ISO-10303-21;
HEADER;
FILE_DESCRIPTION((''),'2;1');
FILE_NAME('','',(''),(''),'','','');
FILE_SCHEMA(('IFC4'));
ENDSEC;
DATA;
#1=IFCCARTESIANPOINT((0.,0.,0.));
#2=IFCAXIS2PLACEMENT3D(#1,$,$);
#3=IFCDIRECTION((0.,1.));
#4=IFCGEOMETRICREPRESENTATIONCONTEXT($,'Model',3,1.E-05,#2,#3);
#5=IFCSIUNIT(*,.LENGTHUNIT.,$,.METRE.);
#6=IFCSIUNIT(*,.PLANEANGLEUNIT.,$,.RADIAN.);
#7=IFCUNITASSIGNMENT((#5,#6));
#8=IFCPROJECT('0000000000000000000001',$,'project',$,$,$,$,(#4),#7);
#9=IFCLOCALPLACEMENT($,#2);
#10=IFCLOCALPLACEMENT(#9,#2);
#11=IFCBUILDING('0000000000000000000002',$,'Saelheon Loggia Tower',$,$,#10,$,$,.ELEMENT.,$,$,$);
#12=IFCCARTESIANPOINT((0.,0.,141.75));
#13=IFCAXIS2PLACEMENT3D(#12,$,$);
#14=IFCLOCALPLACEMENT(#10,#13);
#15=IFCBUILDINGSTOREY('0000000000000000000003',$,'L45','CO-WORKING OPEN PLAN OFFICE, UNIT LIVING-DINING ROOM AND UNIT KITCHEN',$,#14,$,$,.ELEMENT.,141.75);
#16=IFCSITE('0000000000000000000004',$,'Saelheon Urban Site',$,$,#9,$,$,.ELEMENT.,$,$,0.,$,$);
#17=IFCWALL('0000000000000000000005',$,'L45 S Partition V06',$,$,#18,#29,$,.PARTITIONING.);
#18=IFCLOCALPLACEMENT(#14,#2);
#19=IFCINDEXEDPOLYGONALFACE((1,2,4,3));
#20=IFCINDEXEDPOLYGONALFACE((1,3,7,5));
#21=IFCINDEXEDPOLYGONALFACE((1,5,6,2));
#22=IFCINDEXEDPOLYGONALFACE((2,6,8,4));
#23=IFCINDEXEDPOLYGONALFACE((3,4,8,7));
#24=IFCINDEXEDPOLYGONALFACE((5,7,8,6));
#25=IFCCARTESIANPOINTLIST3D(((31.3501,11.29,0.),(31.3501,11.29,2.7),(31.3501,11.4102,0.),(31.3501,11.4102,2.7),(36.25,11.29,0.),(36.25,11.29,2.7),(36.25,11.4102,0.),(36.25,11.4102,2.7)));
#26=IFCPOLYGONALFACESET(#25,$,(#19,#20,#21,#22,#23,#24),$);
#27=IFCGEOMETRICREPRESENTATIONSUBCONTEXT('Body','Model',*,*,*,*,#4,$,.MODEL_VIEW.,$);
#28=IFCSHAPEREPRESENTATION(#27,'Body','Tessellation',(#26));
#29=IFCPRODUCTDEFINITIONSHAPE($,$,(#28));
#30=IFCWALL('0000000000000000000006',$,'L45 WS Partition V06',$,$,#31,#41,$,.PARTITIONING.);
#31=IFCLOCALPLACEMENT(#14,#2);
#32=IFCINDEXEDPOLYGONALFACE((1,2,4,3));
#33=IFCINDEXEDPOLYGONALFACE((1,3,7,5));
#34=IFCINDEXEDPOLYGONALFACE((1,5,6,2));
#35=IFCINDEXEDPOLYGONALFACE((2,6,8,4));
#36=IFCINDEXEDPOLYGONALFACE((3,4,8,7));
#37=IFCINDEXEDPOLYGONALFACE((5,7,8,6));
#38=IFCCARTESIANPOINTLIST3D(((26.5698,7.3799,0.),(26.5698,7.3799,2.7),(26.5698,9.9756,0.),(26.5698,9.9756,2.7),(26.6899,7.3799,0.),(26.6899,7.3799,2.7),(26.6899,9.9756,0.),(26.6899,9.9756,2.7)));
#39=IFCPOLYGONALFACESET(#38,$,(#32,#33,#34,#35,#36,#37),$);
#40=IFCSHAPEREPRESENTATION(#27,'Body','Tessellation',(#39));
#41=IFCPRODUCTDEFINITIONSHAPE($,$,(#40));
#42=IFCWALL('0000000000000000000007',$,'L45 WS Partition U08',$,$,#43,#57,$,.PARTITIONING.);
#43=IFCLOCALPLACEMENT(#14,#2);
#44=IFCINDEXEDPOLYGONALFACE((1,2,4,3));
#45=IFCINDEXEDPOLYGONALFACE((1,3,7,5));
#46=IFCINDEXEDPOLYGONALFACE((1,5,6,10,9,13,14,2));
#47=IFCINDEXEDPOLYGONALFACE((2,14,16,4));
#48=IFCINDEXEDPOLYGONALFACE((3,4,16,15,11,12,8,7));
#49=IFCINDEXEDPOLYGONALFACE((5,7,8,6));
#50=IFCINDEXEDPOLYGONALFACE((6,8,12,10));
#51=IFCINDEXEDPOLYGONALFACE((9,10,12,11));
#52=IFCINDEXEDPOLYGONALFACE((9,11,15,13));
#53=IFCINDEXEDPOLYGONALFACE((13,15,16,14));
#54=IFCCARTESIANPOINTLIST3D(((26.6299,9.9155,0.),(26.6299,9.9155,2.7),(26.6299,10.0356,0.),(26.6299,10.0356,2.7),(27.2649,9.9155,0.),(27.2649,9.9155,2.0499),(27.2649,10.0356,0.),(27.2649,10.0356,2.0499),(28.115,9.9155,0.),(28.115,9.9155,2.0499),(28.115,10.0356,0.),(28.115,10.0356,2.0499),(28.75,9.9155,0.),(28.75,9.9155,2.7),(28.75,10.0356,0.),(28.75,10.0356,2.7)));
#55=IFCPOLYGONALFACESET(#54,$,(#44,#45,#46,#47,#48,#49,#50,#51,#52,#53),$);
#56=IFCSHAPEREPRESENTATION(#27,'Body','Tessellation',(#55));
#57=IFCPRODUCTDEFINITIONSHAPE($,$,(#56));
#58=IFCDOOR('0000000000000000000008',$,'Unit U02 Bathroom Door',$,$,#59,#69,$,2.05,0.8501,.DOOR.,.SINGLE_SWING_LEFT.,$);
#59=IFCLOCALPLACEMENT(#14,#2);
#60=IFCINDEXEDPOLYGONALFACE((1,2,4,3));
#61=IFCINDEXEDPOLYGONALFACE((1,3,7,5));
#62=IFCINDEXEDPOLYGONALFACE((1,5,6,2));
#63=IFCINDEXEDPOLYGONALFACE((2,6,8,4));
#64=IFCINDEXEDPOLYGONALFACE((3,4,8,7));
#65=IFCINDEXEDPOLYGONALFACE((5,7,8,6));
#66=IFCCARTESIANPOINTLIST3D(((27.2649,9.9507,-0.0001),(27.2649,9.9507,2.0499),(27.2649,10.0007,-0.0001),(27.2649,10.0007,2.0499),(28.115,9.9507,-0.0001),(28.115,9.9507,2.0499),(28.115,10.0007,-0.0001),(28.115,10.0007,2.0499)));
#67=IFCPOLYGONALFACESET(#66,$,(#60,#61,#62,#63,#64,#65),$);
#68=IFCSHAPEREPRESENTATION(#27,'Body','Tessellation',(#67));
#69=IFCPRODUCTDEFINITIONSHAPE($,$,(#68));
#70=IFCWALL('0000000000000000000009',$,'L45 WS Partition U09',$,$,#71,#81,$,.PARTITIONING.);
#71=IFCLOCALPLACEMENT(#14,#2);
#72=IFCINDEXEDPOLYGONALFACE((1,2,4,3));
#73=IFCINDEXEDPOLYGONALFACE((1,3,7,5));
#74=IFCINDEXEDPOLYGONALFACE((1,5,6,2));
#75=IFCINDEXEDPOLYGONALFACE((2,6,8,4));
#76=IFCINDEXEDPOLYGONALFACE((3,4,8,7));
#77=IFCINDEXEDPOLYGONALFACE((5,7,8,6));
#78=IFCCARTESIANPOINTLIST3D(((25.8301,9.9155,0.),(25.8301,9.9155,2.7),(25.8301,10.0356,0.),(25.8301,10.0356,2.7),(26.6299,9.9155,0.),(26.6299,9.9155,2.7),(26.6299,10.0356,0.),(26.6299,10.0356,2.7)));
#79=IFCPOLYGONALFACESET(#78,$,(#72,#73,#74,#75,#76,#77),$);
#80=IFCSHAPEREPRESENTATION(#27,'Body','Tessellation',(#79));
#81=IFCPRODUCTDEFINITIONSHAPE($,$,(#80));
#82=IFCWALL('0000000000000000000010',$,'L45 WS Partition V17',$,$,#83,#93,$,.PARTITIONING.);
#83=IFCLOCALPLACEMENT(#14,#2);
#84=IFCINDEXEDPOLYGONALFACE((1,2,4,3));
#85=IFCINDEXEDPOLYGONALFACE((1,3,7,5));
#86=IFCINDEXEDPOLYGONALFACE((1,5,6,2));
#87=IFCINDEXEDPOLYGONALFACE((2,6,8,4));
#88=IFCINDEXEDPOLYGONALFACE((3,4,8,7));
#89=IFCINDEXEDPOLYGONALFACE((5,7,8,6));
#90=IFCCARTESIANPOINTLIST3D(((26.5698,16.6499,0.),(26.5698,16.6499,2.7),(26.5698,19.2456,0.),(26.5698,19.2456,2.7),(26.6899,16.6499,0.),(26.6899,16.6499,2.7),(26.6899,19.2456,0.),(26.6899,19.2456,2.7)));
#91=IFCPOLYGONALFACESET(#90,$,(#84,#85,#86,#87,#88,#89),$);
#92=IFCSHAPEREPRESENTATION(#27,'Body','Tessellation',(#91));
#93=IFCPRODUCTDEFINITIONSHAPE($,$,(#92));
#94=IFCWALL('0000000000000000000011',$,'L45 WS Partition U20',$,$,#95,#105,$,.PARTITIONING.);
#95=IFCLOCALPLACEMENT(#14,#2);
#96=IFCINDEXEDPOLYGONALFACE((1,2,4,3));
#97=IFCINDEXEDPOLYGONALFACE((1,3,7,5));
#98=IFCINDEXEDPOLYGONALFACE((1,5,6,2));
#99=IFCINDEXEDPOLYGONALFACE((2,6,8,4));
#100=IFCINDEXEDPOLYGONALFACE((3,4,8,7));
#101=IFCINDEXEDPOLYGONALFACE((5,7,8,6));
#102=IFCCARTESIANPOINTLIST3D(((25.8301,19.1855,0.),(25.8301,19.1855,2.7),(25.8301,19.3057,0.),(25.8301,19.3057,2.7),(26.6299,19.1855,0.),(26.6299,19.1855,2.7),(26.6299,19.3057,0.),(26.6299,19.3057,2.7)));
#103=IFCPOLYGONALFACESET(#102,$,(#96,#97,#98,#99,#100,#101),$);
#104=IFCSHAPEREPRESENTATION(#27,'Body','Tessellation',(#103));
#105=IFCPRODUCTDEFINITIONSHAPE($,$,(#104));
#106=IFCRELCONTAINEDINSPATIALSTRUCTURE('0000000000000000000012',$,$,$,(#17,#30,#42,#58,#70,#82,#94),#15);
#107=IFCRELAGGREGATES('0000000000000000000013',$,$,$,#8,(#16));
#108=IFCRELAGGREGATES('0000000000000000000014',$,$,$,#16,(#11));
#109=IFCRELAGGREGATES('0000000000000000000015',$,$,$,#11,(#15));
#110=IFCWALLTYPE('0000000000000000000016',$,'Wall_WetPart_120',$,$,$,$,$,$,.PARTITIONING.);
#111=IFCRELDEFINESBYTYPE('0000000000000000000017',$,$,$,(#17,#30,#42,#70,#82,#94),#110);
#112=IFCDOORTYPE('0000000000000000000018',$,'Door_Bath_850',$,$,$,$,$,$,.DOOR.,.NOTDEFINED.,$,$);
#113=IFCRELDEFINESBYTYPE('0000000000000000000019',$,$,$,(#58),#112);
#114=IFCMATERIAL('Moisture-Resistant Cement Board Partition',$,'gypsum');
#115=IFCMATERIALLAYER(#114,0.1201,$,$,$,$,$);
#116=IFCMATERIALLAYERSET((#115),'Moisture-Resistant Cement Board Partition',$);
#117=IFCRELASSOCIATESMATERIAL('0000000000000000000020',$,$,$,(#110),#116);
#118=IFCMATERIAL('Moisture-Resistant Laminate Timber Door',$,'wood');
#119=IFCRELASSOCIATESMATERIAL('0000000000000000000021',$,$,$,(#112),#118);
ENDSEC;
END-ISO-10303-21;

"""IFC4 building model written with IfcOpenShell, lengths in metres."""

from ifc_helpers import new_model, si_unit, direction, frame, frame_2d, origin, place, context, subcontext, project, spatial, rectangle, extrude, source, transform, mapped, material, layer, layer_set, type_object, element, fill, save


model = new_model("IFC4")

# Units and contexts
model_context = context("Model", 3, precision=1e-05, world=origin(), true_north=direction((0.0, 1.0)))
body_context = subcontext(model_context, "Body", "Model", "MODEL_VIEW")
ifc_project = project(units=[si_unit("LENGTHUNIT", "METRE"), si_unit("PLANEANGLEUNIT", "RADIAN")], contexts=[model_context])

# Site, building, storey
site_placement = place(None, origin())
site = spatial("IfcSite", under=ifc_project, at=site_placement, Name="Saelheon Urban Site", CompositionType="ELEMENT", RefElevation=0.0)
building_placement = place(site_placement, origin())
building = spatial("IfcBuilding", under=site, at=building_placement, Name="Saelheon Loggia Tower", CompositionType="ELEMENT")
storey_placement = place(building_placement, frame((0.0, 0.0, 141.75)))
storey = spatial("IfcBuildingStorey", under=building, at=storey_placement, Name="L45", Description="CO-WORKING OPEN PLAN OFFICE, UNIT LIVING-DINING ROOM AND UNIT KITCHEN", CompositionType="ELEMENT", Elevation=141.75)

# Walls
ifc_material_1 = material(Name="Moisture-Resistant Cement Board Partition", Category="gypsum")
ifc_layer_1 = layer(ifc_material_1, 0.1201)
ifc_layer_set_1 = layer_set([ifc_layer_1], Name="Moisture-Resistant Cement Board Partition")
wall_type_1 = type_object("IfcWallType", Name="Wall_WetPart_120", PredefinedType="PARTITIONING", material=ifc_layer_set_1)
wall_1_placement = place(storey_placement, frame((31.3501, 11.3501, 0.0), z_axis=(0.0, 0.0, 1.0), x_axis=(1.0, 0.0, 0.0)))
element("IfcWall", 1, at=wall_1_placement, inside=storey, type_object=wall_type_1, Name="L45 S Partition V06", PredefinedType="PARTITIONING", context=body_context, shape_type="SweptSolid", body=[
    extrude(rectangle(XDim=4.8999, YDim=0.1201, at=frame_2d((2.45, 0.0))), origin(), (0.0, 0.0, 1.0), 2.7),
])
wall_2_placement = place(storey_placement, frame((26.6299, 7.3799, 0.0), z_axis=(0.0, 0.0, 1.0), x_axis=(0.0, 1.0, 0.0)))
element("IfcWall", 2, at=wall_2_placement, inside=storey, type_object=wall_type_1, Name="L45 WS Partition V06", PredefinedType="PARTITIONING", context=body_context, shape_type="SweptSolid", body=[
    extrude(rectangle(XDim=2.5957, YDim=0.1201, at=frame_2d((1.2979, 0.0))), origin(), (0.0, 0.0, 1.0), 2.7),
])

# Wall, opening, door
wall_3_placement = place(storey_placement, frame((28.75, 9.9756, 0.0), z_axis=(0.0, 0.0, 1.0), x_axis=(-1.0, 0.0, 0.0)))
wall_3 = element("IfcWall", 3, at=wall_3_placement, inside=storey, type_object=wall_type_1, Name="L45 WS Partition U08", PredefinedType="PARTITIONING", context=body_context, shape_type="SweptSolid", body=[
    extrude(rectangle(XDim=2.1201, YDim=0.1201, at=frame_2d((1.0601, 0.0))), origin(), (0.0, 0.0, 1.0), 2.7),
])
opening_1_placement = place(wall_3_placement, frame((0.635, 0.0, 0.0)))
opening_1 = element("IfcOpeningElement", 4, at=opening_1_placement, cuts=wall_3, PredefinedType="OPENING", context=body_context, shape_type="SweptSolid", body=[
    extrude(rectangle(XDim=0.8501, YDim=2.05, at=frame_2d((0.425, 1.0249))), frame((0.0, 0.072, 0.0), z_axis=(0.0, -1.0, 0.0), x_axis=(1.0, 0.0, 0.0)), (0.0, 0.0, 1.0), 0.144),
])
ifc_material_2 = material(Name="Moisture-Resistant Laminate Timber Door", Category="wood")
door_type_1 = type_object("IfcDoorType", Name="Door_Bath_850", OperationType="NOTDEFINED", PredefinedType="DOOR", material=ifc_material_2)
shared_shape_1 = source(origin(), body_context, "Body", "SweptSolid", [
    extrude(rectangle(XDim=0.8501, YDim=2.05, at=frame_2d((0.425, 1.0249))), frame((0.0, 0.0249, 0.0), z_axis=(0.0, -1.0, 0.0), x_axis=(1.0, 0.0, 0.0)), (0.0, 0.0, 1.0), 0.05),
])
door_1_placement = place(opening_1_placement, origin())
door_1 = element("IfcDoor", 5, at=door_1_placement, inside=storey, type_object=door_type_1, Name="Unit U02 Bathroom Door", OperationType="SINGLE_SWING_LEFT", OverallHeight=2.05, OverallWidth=0.8501, PredefinedType="DOOR", context=body_context, shape_type="MappedRepresentation", body=[
    mapped(shared_shape_1, transform((0.0, 0.0, 0.0), scale=1.0)),
])
fill(opening_1, door_1)

# Walls
wall_4_placement = place(storey_placement, frame((26.6299, 9.9756, 0.0), z_axis=(0.0, 0.0, 1.0), x_axis=(-1.0, 0.0, 0.0)))
element("IfcWall", 6, at=wall_4_placement, inside=storey, type_object=wall_type_1, Name="L45 WS Partition U09", PredefinedType="PARTITIONING", context=body_context, shape_type="SweptSolid", body=[
    extrude(rectangle(XDim=0.7998, YDim=0.1201, at=frame_2d((0.3999, 0.0))), origin(), (0.0, 0.0, 1.0), 2.7),
])
wall_5_placement = place(storey_placement, frame((26.6299, 16.6499, 0.0), z_axis=(0.0, 0.0, 1.0), x_axis=(0.0, 1.0, 0.0)))
element("IfcWall", 7, at=wall_5_placement, inside=storey, type_object=wall_type_1, Name="L45 WS Partition V17", PredefinedType="PARTITIONING", context=body_context, shape_type="SweptSolid", body=[
    extrude(rectangle(XDim=2.5957, YDim=0.1201, at=frame_2d((1.2979, 0.0))), origin(), (0.0, 0.0, 1.0), 2.7),
])
wall_6_placement = place(storey_placement, frame((26.6299, 19.2456, 0.0), z_axis=(0.0, 0.0, 1.0), x_axis=(-1.0, 0.0, 0.0)))
element("IfcWall", 8, at=wall_6_placement, inside=storey, type_object=wall_type_1, Name="L45 WS Partition U20", PredefinedType="PARTITIONING", context=body_context, shape_type="SweptSolid", body=[
    extrude(rectangle(XDim=0.7998, YDim=0.1201, at=frame_2d((0.3999, 0.0))), origin(), (0.0, 0.0, 1.0), 2.7),
])

save(model, "model.ifc")
